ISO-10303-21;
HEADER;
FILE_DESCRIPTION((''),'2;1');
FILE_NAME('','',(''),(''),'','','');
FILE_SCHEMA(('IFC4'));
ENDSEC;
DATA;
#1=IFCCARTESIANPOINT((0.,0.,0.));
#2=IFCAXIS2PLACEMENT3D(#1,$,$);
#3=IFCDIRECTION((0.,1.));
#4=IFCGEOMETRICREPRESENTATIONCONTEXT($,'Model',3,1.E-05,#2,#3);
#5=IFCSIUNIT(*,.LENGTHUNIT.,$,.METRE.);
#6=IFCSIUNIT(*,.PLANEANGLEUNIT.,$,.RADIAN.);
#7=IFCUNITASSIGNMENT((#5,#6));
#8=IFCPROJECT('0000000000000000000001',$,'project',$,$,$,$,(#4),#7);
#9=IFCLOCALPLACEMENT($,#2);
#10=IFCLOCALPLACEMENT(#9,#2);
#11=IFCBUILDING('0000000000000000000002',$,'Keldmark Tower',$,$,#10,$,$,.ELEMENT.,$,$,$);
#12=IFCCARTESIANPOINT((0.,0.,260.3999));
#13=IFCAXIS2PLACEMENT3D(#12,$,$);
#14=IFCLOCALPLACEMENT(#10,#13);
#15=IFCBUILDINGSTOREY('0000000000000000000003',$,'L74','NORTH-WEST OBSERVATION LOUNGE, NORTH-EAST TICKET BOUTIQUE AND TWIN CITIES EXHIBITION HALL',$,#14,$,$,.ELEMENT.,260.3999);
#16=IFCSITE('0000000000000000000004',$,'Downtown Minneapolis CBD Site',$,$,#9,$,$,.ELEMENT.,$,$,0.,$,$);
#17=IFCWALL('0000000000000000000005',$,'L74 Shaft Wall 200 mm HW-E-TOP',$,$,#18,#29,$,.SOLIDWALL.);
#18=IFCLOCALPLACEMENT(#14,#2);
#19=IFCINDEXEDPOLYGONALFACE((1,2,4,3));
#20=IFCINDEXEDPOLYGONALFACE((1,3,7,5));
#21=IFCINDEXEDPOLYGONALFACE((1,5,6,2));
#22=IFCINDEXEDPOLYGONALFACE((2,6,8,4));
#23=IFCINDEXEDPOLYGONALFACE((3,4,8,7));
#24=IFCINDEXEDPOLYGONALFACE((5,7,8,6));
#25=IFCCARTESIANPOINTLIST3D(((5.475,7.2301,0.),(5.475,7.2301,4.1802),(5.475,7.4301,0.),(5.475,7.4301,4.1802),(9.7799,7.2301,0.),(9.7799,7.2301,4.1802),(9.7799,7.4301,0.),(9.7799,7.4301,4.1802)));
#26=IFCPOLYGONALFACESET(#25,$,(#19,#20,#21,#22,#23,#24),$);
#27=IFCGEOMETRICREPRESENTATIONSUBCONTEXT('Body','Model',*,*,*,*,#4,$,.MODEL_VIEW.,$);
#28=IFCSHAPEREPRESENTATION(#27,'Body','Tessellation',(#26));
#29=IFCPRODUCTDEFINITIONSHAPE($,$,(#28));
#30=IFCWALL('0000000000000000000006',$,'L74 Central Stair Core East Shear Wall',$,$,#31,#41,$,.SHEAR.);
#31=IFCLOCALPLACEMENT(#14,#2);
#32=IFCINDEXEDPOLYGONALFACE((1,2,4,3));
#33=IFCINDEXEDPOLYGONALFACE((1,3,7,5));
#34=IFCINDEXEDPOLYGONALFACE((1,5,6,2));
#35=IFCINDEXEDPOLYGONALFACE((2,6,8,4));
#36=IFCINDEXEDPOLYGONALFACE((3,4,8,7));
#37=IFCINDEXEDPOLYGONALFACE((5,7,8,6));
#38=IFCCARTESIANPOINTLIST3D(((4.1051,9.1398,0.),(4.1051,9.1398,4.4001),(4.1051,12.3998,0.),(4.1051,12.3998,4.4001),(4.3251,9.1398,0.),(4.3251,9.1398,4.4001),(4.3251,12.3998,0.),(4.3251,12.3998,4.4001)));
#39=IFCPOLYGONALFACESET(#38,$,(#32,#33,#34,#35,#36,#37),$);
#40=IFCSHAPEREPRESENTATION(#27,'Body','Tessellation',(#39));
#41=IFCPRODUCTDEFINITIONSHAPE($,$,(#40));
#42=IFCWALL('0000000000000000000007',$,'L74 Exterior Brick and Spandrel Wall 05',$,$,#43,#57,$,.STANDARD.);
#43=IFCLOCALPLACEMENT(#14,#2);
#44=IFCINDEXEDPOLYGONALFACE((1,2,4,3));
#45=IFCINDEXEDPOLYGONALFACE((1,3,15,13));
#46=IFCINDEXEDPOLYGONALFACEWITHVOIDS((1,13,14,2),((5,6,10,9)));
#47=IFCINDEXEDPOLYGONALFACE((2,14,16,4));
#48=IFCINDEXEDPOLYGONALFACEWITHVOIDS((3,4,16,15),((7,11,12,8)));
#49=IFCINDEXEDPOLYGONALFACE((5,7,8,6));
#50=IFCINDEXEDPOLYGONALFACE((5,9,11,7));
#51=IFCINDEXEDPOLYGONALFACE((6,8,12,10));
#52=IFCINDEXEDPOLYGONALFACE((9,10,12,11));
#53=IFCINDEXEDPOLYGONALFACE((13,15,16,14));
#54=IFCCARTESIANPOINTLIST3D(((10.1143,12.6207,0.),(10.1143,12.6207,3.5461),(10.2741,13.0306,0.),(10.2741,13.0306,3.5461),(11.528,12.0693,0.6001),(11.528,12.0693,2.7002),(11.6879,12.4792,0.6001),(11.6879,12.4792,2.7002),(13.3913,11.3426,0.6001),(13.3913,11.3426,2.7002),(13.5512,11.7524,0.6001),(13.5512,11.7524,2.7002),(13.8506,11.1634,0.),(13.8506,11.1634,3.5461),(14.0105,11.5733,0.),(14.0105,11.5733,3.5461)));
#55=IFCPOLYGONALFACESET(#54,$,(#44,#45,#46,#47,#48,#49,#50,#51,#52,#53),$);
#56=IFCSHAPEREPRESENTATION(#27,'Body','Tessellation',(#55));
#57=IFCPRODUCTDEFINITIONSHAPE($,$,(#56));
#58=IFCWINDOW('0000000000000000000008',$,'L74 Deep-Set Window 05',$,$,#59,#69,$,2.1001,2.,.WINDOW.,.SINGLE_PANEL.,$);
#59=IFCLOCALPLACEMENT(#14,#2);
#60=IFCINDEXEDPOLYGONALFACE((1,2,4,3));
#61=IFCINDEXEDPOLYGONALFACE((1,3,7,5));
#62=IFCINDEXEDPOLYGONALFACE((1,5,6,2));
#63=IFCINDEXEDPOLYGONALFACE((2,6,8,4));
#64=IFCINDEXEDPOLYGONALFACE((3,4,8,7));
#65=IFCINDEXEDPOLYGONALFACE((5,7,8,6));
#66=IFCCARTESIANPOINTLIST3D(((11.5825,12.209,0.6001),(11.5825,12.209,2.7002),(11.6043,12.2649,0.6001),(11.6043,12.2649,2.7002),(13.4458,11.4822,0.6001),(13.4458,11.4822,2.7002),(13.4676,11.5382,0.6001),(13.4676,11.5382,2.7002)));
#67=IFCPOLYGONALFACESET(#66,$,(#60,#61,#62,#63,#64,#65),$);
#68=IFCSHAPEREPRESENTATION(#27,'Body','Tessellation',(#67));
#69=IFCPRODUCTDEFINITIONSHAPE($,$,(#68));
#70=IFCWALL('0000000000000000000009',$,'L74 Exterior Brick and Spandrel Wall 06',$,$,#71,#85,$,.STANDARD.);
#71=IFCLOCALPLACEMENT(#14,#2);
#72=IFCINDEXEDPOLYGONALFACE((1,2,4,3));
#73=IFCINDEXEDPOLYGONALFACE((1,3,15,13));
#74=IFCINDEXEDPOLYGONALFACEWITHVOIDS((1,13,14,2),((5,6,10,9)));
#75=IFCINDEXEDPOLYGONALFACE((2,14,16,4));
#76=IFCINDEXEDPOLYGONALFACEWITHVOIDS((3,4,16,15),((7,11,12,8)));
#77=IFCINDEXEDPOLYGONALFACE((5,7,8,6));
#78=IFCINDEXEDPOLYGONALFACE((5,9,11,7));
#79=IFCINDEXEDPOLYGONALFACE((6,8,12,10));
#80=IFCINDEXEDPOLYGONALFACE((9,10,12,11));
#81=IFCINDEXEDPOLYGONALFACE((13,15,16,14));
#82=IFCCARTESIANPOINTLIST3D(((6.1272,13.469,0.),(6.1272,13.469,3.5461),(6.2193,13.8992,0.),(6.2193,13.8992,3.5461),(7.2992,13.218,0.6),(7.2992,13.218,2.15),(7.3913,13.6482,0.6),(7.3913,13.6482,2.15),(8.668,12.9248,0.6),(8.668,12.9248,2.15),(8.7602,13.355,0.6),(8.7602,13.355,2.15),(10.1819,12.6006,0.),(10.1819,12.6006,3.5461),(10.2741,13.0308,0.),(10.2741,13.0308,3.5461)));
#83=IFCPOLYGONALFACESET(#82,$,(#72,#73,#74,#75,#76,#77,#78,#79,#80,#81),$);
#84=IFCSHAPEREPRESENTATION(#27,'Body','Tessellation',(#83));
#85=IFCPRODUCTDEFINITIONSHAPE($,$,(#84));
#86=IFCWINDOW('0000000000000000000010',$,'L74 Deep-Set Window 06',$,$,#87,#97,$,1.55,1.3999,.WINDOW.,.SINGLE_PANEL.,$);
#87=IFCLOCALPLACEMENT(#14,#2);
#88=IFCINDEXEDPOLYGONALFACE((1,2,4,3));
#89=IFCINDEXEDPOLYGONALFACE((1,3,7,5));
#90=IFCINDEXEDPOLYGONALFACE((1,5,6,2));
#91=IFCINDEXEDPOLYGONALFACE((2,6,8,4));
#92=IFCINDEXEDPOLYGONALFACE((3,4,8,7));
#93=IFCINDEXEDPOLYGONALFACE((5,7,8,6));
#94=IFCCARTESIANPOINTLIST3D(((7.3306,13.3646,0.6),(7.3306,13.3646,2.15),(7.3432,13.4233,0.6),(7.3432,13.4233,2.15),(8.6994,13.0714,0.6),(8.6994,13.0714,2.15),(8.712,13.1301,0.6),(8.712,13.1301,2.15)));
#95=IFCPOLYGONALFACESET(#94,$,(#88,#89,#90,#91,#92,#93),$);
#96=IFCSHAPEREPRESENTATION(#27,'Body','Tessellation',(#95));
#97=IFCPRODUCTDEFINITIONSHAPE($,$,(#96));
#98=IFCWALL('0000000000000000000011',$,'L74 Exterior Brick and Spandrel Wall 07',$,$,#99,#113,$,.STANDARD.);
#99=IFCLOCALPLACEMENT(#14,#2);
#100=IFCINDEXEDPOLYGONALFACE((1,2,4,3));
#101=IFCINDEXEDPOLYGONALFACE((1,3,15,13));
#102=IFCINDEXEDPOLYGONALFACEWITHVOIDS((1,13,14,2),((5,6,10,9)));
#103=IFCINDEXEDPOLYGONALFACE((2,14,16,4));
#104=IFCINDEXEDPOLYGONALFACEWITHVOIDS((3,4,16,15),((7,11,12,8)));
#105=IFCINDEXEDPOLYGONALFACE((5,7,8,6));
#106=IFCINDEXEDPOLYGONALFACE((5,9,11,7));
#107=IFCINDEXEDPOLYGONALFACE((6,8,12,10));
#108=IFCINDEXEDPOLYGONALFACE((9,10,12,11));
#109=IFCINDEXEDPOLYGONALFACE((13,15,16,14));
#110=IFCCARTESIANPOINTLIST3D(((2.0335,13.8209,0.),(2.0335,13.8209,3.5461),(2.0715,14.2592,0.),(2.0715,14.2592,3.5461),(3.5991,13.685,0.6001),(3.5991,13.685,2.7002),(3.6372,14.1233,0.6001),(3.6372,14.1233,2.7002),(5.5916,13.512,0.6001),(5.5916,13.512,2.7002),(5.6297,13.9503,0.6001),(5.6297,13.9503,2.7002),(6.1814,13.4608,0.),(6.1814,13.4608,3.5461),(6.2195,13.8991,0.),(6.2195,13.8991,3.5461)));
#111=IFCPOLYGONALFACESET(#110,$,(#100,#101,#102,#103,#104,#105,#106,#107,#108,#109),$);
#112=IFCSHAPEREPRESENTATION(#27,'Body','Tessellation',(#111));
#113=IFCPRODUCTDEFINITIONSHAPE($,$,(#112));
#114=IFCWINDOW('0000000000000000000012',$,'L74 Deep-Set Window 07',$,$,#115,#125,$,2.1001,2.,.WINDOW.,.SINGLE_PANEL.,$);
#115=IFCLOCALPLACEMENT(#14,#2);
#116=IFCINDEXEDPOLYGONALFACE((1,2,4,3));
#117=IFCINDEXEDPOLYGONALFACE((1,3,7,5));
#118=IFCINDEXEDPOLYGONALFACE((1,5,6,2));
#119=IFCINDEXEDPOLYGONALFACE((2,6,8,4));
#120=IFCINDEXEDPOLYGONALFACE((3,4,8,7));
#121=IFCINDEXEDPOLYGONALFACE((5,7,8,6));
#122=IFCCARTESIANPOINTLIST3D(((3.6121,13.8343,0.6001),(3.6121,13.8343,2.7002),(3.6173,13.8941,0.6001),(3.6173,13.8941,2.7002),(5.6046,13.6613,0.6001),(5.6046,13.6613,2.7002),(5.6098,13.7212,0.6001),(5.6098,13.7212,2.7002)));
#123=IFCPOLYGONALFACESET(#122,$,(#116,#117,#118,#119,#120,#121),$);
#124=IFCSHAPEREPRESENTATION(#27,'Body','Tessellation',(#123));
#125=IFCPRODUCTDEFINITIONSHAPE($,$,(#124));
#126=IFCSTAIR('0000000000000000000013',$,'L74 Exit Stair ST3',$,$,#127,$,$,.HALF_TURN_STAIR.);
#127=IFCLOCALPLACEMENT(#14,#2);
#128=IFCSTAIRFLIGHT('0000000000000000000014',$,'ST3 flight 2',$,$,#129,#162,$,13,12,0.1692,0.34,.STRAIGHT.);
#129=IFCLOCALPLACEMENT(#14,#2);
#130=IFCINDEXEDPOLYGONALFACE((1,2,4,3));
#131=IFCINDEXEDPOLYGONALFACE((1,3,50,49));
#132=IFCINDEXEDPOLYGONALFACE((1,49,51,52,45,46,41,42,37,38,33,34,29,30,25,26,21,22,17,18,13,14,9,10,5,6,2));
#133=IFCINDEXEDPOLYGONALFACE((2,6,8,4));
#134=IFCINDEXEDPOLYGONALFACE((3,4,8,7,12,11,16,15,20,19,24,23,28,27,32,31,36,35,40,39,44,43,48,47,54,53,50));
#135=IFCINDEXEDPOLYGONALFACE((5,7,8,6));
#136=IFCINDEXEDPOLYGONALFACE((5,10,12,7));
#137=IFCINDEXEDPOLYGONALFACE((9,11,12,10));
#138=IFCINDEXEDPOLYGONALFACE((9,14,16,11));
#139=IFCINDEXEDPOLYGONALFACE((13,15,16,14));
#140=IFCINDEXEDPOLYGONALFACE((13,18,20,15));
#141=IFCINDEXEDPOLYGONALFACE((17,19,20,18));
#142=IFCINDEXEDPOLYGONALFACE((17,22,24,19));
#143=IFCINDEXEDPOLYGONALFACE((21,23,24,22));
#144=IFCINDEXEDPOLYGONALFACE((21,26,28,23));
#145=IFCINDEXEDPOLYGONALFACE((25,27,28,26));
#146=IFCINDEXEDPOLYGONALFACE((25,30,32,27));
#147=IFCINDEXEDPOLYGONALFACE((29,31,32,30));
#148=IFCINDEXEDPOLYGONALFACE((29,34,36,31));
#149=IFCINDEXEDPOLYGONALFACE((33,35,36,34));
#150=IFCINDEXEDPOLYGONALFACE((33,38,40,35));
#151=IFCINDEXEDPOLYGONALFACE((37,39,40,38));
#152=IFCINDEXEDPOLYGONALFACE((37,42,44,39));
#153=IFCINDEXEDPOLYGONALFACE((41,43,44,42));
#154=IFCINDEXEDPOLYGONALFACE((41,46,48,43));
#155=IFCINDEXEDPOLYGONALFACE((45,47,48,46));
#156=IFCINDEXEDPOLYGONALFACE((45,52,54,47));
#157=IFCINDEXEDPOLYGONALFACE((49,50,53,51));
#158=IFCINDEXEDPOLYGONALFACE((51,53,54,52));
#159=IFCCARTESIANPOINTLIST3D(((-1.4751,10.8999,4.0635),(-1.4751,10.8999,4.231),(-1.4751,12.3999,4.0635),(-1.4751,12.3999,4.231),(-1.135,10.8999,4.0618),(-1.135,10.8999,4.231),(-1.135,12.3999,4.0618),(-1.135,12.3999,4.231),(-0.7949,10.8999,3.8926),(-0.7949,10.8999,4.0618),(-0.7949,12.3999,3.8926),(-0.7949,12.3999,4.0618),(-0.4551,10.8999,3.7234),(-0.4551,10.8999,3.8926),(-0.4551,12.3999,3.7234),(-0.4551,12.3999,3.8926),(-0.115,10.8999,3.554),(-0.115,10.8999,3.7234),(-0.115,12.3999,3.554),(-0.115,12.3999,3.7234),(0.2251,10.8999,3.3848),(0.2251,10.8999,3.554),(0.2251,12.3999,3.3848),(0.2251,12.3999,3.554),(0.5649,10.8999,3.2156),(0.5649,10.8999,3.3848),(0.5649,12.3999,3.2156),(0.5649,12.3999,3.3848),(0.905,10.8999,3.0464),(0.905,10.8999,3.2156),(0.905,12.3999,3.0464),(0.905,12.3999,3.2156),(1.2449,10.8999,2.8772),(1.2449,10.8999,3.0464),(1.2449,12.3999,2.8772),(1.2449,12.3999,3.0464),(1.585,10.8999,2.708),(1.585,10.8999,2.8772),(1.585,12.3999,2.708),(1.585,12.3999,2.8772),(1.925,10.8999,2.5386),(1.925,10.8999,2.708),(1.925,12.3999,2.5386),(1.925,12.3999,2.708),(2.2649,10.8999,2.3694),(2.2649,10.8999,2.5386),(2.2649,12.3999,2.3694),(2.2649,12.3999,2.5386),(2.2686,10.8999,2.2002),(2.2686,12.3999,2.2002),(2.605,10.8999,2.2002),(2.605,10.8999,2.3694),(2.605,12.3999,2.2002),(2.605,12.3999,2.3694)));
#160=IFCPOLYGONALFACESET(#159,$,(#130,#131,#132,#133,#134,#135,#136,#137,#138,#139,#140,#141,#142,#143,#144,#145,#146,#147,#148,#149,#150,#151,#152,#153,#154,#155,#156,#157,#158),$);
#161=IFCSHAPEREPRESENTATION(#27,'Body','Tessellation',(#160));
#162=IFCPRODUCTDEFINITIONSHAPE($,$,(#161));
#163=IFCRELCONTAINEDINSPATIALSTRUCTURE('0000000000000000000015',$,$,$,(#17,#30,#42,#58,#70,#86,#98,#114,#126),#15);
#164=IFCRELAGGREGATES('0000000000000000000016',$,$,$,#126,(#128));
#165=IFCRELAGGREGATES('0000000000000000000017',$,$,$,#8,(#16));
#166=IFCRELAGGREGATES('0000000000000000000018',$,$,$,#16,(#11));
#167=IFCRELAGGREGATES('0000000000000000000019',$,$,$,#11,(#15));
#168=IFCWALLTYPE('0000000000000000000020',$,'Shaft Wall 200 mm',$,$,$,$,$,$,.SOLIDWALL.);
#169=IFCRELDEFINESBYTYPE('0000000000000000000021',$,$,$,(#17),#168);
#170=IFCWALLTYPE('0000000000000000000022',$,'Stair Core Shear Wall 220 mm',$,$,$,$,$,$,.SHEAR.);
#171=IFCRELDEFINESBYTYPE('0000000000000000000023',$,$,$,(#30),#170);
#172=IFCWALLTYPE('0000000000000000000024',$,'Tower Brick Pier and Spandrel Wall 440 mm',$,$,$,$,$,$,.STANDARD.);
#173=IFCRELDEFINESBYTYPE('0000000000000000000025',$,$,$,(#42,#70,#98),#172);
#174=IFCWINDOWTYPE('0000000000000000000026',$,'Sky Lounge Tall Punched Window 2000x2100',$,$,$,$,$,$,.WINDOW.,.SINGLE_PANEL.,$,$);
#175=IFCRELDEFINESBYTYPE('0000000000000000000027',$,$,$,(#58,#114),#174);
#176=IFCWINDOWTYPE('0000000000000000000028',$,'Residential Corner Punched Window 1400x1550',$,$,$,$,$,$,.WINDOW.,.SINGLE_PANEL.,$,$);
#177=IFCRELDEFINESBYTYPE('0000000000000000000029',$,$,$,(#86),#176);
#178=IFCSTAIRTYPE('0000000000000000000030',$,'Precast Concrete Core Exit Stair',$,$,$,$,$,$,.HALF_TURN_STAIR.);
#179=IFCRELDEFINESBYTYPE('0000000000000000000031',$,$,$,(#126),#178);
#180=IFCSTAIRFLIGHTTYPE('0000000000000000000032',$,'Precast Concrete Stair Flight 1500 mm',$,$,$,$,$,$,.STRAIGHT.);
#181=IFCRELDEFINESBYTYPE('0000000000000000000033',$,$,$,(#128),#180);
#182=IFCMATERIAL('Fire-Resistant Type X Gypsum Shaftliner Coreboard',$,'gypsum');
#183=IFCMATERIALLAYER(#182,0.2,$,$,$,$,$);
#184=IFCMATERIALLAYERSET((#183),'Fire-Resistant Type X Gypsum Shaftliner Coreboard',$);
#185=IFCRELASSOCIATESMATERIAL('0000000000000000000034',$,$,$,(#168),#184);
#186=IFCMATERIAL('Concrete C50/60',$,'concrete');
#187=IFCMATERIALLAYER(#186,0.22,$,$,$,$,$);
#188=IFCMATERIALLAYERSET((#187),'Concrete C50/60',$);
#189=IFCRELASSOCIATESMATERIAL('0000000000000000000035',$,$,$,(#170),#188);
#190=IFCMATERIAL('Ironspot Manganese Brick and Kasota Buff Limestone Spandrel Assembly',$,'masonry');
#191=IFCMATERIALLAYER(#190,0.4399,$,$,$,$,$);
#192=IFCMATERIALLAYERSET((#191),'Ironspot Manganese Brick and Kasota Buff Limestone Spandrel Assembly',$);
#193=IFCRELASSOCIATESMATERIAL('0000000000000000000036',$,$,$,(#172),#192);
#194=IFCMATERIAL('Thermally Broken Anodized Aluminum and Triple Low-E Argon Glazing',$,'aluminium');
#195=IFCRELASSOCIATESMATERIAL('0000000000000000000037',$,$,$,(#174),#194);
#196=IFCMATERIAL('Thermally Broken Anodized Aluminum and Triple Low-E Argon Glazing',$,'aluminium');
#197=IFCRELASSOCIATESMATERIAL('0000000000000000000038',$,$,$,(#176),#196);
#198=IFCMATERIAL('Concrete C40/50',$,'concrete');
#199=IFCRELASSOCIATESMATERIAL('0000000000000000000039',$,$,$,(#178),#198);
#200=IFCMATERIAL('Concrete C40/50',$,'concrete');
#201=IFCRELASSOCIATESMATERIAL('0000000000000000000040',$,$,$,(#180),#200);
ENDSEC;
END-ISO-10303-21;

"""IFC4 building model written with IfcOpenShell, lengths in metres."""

from ifc_helpers import new_model, si_unit, direction, frame, frame_2d, origin, place, context, subcontext, project, spatial, polyline, rectangle, outline, extrude, material, layer, layer_set, type_object, element, fill, aggregate, save


model = new_model("IFC4")

# Units and contexts
model_context = context("Model", 3, precision=1e-05, world=origin(), true_north=direction((0.0, 1.0)))
body_context = subcontext(model_context, "Body", "Model", "MODEL_VIEW")
ifc_project = project(units=[si_unit("LENGTHUNIT", "METRE"), si_unit("PLANEANGLEUNIT", "RADIAN")], contexts=[model_context])

# Site, building, storey
site_placement = place(None, origin())
site = spatial("IfcSite", under=ifc_project, at=site_placement, Name="Downtown Minneapolis CBD Site", CompositionType="ELEMENT", RefElevation=0.0)
building_placement = place(site_placement, origin())
building = spatial("IfcBuilding", under=site, at=building_placement, Name="Keldmark Tower", CompositionType="ELEMENT")
storey_placement = place(building_placement, frame((0.0, 0.0, 260.3999)))
storey = spatial("IfcBuildingStorey", under=building, at=storey_placement, Name="L74", Description="NORTH-WEST OBSERVATION LOUNGE, NORTH-EAST TICKET BOUTIQUE AND TWIN CITIES EXHIBITION HALL", CompositionType="ELEMENT", Elevation=260.3999)

# Walls
ifc_material_1 = material(Name="Fire-Resistant Type X Gypsum Shaftliner Coreboard", Category="gypsum")
ifc_layer_1 = layer(ifc_material_1, 0.2)
ifc_layer_set_1 = layer_set([ifc_layer_1], Name="Fire-Resistant Type X Gypsum Shaftliner Coreboard")
wall_type_1 = type_object("IfcWallType", Name="Shaft Wall 200 mm", PredefinedType="SOLIDWALL", material=ifc_layer_set_1)
wall_1_placement = place(storey_placement, frame((5.4751, 7.3301, 0.0), z_axis=(0.0, 0.0, 1.0), x_axis=(1.0, 0.0, 0.0)))
element("IfcWall", 1, at=wall_1_placement, inside=storey, type_object=wall_type_1, Name="L74 Shaft Wall 200 mm HW-E-TOP", PredefinedType="SOLIDWALL", context=body_context, shape_type="SweptSolid", body=[
    extrude(rectangle(XDim=4.3049, YDim=0.2, at=frame_2d((2.1523, 0.0))), origin(), (0.0, 0.0, 1.0), 4.1802),
])
ifc_material_2 = material(Name="Concrete C50/60", Category="concrete")
ifc_layer_2 = layer(ifc_material_2, 0.22)
ifc_layer_set_2 = layer_set([ifc_layer_2], Name="Concrete C50/60")
wall_type_2 = type_object("IfcWallType", Name="Stair Core Shear Wall 220 mm", PredefinedType="SHEAR", material=ifc_layer_set_2)
wall_2_placement = place(storey_placement, frame((4.2151, 9.1399, 0.0), z_axis=(0.0, 0.0, 1.0), x_axis=(0.0, 1.0, 0.0)))
element("IfcWall", 2, at=wall_2_placement, inside=storey, type_object=wall_type_2, Name="L74 Central Stair Core East Shear Wall", PredefinedType="SHEAR", context=body_context, shape_type="SweptSolid", body=[
    extrude(rectangle(XDim=3.26, YDim=0.22, at=frame_2d((1.6299, 0.0))), origin(), (0.0, 0.0, 1.0), 4.4001),
])

# Walls, openings, windows
ifc_material_3 = material(Name="Ironspot Manganese Brick and Kasota Buff Limestone Spandrel Assembly", Category="masonry")
ifc_layer_3 = layer(ifc_material_3, 0.4399)
ifc_layer_set_3 = layer_set([ifc_layer_3], Name="Ironspot Manganese Brick and Kasota Buff Limestone Spandrel Assembly")
wall_type_3 = type_object("IfcWallType", Name="Tower Brick Pier and Spandrel Wall 440 mm", PredefinedType="STANDARD", material=ifc_layer_set_3)
wall_3_placement = place(storey_placement, frame((10.1941, 12.8257, 0.0), z_axis=(0.0, 0.0, 1.0), x_axis=(0.931645, -0.363369, 0.0)))
wall_3 = element("IfcWall", 3, at=wall_3_placement, inside=storey, type_object=wall_type_3, Name="L74 Exterior Brick and Spandrel Wall 05", PredefinedType="STANDARD", context=body_context, shape_type="SweptSolid", body=[
    extrude(rectangle(XDim=4.0105, YDim=0.4399, at=frame_2d((2.0054, 0.0))), origin(), (0.0, 0.0, 1.0), 3.5461),
])
opening_1_placement = place(wall_3_placement, frame((1.5176, 0.0, 0.6001)))
opening_1 = element("IfcOpeningElement", 4, at=opening_1_placement, cuts=wall_3, PredefinedType="OPENING", context=body_context, shape_type="SweptSolid", body=[
    extrude(rectangle(XDim=2.0, YDim=2.1001, at=frame_2d((1.0, 1.05))), frame((0.0, 0.23, 0.0), z_axis=(0.0, -1.0, 0.0), x_axis=(1.0, 0.0, 0.0)), (0.0, 0.0, 1.0), 0.46),
])
ifc_material_4 = material(Name="Thermally Broken Anodized Aluminum and Triple Low-E Argon Glazing", Category="aluminium")
window_type_1 = type_object("IfcWindowType", Name="Sky Lounge Tall Punched Window 2000x2100", PartitioningType="SINGLE_PANEL", PredefinedType="WINDOW", material=ifc_material_4)
window_1_placement = place(opening_1_placement, origin())
window_1 = element("IfcWindow", 5, at=window_1_placement, inside=storey, type_object=window_type_1, Name="L74 Deep-Set Window 05", OverallHeight=2.1001, OverallWidth=2.0, PartitioningType="SINGLE_PANEL", PredefinedType="WINDOW", context=body_context, shape_type="SweptSolid", body=[
    extrude(rectangle(XDim=2.0, YDim=2.1001, at=frame_2d((1.0, 1.05))), frame((0.0, -0.01, 0.0), z_axis=(0.0, -1.0, 0.0), x_axis=(1.0, 0.0, 0.0)), (0.0, 0.0, 1.0), 0.0601),
])
fill(opening_1, window_1)
wall_4_placement = place(storey_placement, frame((6.1733, 13.6841, 0.0), z_axis=(0.0, 0.0, 1.0), x_axis=(0.977825, -0.209425, 0.0)))
wall_4 = element("IfcWall", 6, at=wall_4_placement, inside=storey, type_object=wall_type_3, Name="L74 Exterior Brick and Spandrel Wall 06", PredefinedType="STANDARD", context=body_context, shape_type="SweptSolid", body=[
    extrude(rectangle(XDim=4.1467, YDim=0.4399, at=frame_2d((2.0732, 0.0))), origin(), (0.0, 0.0, 1.0), 3.5461),
])
opening_2_placement = place(wall_4_placement, frame((1.1985, 0.0, 0.6001)))
opening_2 = element("IfcOpeningElement", 7, at=opening_2_placement, cuts=wall_4, PredefinedType="OPENING", context=body_context, shape_type="SweptSolid", body=[
    extrude(rectangle(XDim=1.3999, YDim=1.55, at=frame_2d((0.7, 0.7749))), frame((0.0, 0.23, 0.0), z_axis=(0.0, -1.0, 0.0), x_axis=(1.0, 0.0, 0.0)), (0.0, 0.0, 1.0), 0.46),
])
ifc_material_5 = material(Name="Thermally Broken Anodized Aluminum and Triple Low-E Argon Glazing", Category="aluminium")
window_type_2 = type_object("IfcWindowType", Name="Residential Corner Punched Window 1400x1550", PartitioningType="SINGLE_PANEL", PredefinedType="WINDOW", material=ifc_material_5)
window_2_placement = place(opening_2_placement, origin())
window_2 = element("IfcWindow", 8, at=window_2_placement, inside=storey, type_object=window_type_2, Name="L74 Deep-Set Window 06", OverallHeight=1.55, OverallWidth=1.3999, PartitioningType="SINGLE_PANEL", PredefinedType="WINDOW", context=body_context, shape_type="SweptSolid", body=[
    extrude(rectangle(XDim=1.3999, YDim=1.55, at=frame_2d((0.7, 0.7749))), frame((0.0, -0.01, 0.0), z_axis=(0.0, -1.0, 0.0), x_axis=(1.0, 0.0, 0.0)), (0.0, 0.0, 1.0), 0.0601),
])
fill(opening_2, window_2)
wall_5_placement = place(storey_placement, frame((2.0525, 14.04, 0.0), z_axis=(0.0, 0.0, 1.0), x_axis=(0.996253, -0.08649, 0.0)))
wall_5 = element("IfcWall", 9, at=wall_5_placement, inside=storey, type_object=wall_type_3, Name="L74 Exterior Brick and Spandrel Wall 07", PredefinedType="STANDARD", context=body_context, shape_type="SweptSolid", body=[
    extrude(rectangle(XDim=4.1636, YDim=0.4399, at=frame_2d((2.0818, 0.0))), origin(), (0.0, 0.0, 1.0), 3.5461),
])
opening_3_placement = place(wall_5_placement, frame((1.5715, 0.0, 0.6001)))
opening_3 = element("IfcOpeningElement", 10, at=opening_3_placement, cuts=wall_5, PredefinedType="OPENING", context=body_context, shape_type="SweptSolid", body=[
    extrude(rectangle(XDim=2.0, YDim=2.1001, at=frame_2d((1.0, 1.05))), frame((0.0, 0.23, 0.0), z_axis=(0.0, -1.0, 0.0), x_axis=(1.0, 0.0, 0.0)), (0.0, 0.0, 1.0), 0.46),
])
window_3_placement = place(opening_3_placement, origin())
window_3 = element("IfcWindow", 11, at=window_3_placement, inside=storey, type_object=window_type_1, Name="L74 Deep-Set Window 07", OverallHeight=2.1001, OverallWidth=2.0, PartitioningType="SINGLE_PANEL", PredefinedType="WINDOW", context=body_context, shape_type="SweptSolid", body=[
    extrude(rectangle(XDim=2.0, YDim=2.1001, at=frame_2d((1.0, 1.05))), frame((0.0, -0.01, 0.0), z_axis=(0.0, -1.0, 0.0), x_axis=(1.0, 0.0, 0.0)), (0.0, 0.0, 1.0), 0.0601),
])
fill(opening_3, window_3)

# Stair, stair flight
ifc_material_6 = material(Name="Concrete C40/50", Category="concrete")
stair_type = type_object("IfcStairType", Name="Precast Concrete Core Exit Stair", PredefinedType="HALF_TURN_STAIR", material=ifc_material_6)
stair_placement = place(storey_placement, origin())
stair = element("IfcStair", 12, at=stair_placement, inside=storey, type_object=stair_type, Name="L74 Exit Stair ST3", PredefinedType="HALF_TURN_STAIR")
ifc_material_7 = material(Name="Concrete C40/50", Category="concrete")
stair_flight_type = type_object("IfcStairFlightType", Name="Precast Concrete Stair Flight 1500 mm", PredefinedType="STRAIGHT", material=ifc_material_7)
stair_flight_placement = place(storey_placement, frame((2.605, 11.6499, 2.2002), z_axis=(0.0, 0.0, 1.0), x_axis=(-1.0, 0.0, 0.0)))
stair_flight = element("IfcStairFlight", 13, at=stair_flight_placement, type_object=stair_flight_type, Name="ST3 flight 2", NumberOfRisers=13, NumberOfTreads=12, PredefinedType="STRAIGHT", RiserHeight=0.1692, TreadLength=0.34, context=body_context, shape_type="SweptSolid", body=[
    extrude(outline(polyline([(0.0, 0.0), (0.0, 0.1692), (0.3401, 0.1692), (0.3401, 0.3384), (0.6799, 0.3384), (0.6799, 0.5078), (1.02, 0.5078), (1.02, 0.677), (1.3601, 0.677), (1.3601, 0.8462), (1.7, 0.8462), (1.7, 1.0154), (2.04, 1.0154), (2.04, 1.1846), (2.3799, 1.1846), (2.3799, 1.3538), (2.72, 1.3538), (2.72, 1.5232), (3.0601, 1.5232), (3.0601, 1.6924), (3.3999, 1.6924), (3.3999, 1.8616), (3.74, 1.8616), (3.74, 2.0308), (4.0801, 2.0308), (4.0801, 2.2), (4.0801, 1.8633), (0.3364, 0.0), (0.0, 0.0)])), frame((0.0, 0.75, 0.0), z_axis=(0.0, -1.0, 0.0), x_axis=(1.0, 0.0, 0.0)), (0.0, 0.0, 1.0), 1.5),
])
aggregate(stair, [stair_flight])

save(model, "model.ifc")
